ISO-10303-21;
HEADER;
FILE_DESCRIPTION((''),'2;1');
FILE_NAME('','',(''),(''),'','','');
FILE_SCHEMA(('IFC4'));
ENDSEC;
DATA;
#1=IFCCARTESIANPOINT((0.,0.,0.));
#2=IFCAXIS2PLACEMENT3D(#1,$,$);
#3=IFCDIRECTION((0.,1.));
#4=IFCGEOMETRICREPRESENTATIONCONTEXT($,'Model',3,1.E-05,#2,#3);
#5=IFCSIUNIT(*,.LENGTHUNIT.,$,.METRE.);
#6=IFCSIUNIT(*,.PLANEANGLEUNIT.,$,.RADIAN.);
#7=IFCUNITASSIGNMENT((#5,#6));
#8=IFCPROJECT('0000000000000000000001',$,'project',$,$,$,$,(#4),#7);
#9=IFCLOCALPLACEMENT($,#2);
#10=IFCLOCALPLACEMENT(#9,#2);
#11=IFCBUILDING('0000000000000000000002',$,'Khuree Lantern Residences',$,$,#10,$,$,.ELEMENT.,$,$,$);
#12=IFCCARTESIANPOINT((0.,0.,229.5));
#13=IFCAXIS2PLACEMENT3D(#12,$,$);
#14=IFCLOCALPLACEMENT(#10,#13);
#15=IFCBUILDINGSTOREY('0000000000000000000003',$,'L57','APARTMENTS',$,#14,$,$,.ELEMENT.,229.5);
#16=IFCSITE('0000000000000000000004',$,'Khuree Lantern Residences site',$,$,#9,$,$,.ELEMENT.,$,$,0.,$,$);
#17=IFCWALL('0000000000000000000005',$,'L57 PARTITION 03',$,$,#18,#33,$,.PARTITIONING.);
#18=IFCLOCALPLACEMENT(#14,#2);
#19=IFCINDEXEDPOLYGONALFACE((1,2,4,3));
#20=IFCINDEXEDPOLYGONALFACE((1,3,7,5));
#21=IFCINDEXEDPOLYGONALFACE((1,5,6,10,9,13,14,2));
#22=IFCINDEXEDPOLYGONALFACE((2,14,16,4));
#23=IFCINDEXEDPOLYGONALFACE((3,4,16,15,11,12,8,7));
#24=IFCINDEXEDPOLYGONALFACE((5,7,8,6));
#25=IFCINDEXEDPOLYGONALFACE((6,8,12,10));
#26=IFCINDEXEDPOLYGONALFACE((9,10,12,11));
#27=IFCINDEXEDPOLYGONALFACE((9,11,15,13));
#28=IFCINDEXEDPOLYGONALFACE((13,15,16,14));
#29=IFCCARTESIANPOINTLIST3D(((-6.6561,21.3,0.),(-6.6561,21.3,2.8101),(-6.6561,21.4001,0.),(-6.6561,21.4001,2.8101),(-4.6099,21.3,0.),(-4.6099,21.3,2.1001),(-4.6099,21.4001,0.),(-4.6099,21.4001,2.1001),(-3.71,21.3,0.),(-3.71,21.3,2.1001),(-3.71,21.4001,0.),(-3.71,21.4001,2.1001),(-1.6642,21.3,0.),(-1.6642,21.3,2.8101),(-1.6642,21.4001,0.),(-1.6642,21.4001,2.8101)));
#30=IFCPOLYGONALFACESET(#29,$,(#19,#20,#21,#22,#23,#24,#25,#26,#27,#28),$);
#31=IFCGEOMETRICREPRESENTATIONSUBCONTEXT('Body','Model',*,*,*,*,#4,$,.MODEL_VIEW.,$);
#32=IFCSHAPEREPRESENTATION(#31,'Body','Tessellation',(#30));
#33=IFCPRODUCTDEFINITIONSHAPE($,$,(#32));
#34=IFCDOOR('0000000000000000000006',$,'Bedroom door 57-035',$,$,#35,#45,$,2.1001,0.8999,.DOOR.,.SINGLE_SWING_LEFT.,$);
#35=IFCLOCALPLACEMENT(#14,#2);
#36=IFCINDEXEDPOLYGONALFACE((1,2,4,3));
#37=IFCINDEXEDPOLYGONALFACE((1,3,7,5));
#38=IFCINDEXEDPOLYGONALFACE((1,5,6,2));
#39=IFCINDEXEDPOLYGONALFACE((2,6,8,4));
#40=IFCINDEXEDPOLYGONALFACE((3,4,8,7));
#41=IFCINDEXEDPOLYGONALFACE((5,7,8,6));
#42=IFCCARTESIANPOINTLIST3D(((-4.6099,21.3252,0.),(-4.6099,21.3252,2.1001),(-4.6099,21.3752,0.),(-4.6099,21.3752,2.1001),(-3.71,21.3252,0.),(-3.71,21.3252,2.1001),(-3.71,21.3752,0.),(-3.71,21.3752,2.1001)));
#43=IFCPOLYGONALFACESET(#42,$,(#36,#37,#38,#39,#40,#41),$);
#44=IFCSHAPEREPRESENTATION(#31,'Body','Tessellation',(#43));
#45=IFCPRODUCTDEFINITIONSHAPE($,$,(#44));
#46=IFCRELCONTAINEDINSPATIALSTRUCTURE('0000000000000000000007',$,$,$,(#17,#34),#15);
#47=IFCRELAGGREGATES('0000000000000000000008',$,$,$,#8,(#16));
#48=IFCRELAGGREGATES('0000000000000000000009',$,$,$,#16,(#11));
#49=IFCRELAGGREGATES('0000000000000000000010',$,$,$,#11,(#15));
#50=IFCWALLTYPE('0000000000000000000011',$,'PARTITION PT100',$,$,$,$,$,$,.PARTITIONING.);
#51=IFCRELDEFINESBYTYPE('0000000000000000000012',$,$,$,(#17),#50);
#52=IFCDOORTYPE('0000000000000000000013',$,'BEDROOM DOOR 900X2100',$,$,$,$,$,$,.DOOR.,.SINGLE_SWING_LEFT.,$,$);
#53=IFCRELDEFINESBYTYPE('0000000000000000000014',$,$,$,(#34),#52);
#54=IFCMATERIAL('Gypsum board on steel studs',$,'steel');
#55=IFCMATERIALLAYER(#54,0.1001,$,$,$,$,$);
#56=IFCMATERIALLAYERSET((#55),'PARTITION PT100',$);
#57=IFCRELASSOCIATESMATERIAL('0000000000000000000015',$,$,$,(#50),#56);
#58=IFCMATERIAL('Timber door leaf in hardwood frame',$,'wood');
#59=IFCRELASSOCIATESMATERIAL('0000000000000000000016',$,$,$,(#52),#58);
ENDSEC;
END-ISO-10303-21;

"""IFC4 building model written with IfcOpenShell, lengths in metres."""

from ifc_helpers import new_model, si_unit, direction, frame, frame_2d, origin, place, context, subcontext, project, spatial, rectangle, extrude, material, layer, layer_set, type_object, element, fill, save


model = new_model("IFC4")

# Units and contexts
model_context = context("Model", 3, precision=1e-05, world=origin(), true_north=direction((0.0, 1.0)))
body_context = subcontext(model_context, "Body", "Model", "MODEL_VIEW")
ifc_project = project(units=[si_unit("LENGTHUNIT", "METRE"), si_unit("PLANEANGLEUNIT", "RADIAN")], contexts=[model_context])

# Site, building, storey
site_placement = place(None, origin())
site = spatial("IfcSite", under=ifc_project, at=site_placement, Name="Khuree Lantern Residences site", CompositionType="ELEMENT", RefElevation=0.0)
building_placement = place(site_placement, origin())
building = spatial("IfcBuilding", under=site, at=building_placement, Name="Khuree Lantern Residences", CompositionType="ELEMENT")
storey_placement = place(building_placement, frame((0.0, 0.0, 229.5)))
storey = spatial("IfcBuildingStorey", under=building, at=storey_placement, Name="L57", Description="APARTMENTS", CompositionType="ELEMENT", Elevation=229.5)

# Shared definitions
ifc_material_1 = material(Name="Timber door leaf in hardwood frame", Category="wood")

# Shared definitions
ifc_material_2 = material(Name="Gypsum board on steel studs", Category="steel")
ifc_layer_1 = layer(ifc_material_2, 0.1001)
ifc_layer_set_1 = layer_set([ifc_layer_1], Name="PARTITION PT100")
wall_type_1 = type_object("IfcWallType", Name="PARTITION PT100", PredefinedType="PARTITIONING", material=ifc_layer_set_1)

# Wall, opening, door
wall_1_placement = place(storey_placement, frame((-1.6641, 21.3501, 0.0), z_axis=(0.0, 0.0, 1.0), x_axis=(-1.0, 0.0, 0.0)))
wall_1 = element("IfcWall", 1, at=wall_1_placement, inside=storey, type_object=wall_type_1, Name="L57 PARTITION 03", PredefinedType="PARTITIONING", context=body_context, shape_type="SweptSolid", body=[
    extrude(rectangle(XDim=4.9919, YDim=0.1001, at=frame_2d((2.4961, 0.0))), origin(), (0.0, 0.0, 1.0), 2.8101),
])
opening_1_placement = place(wall_1_placement, frame((2.0459, 0.0, 0.0)))
opening_1 = element("IfcOpeningElement", 2, at=opening_1_placement, cuts=wall_1, PredefinedType="OPENING", context=body_context, shape_type="SweptSolid", body=[
    extrude(rectangle(XDim=0.8999, YDim=2.1001, at=frame_2d((0.45, 1.05))), frame((0.0, 0.0601, 0.0), z_axis=(0.0, -1.0, 0.0), x_axis=(1.0, 0.0, 0.0)), (0.0, 0.0, 1.0), 0.1201),
])
door_type_1 = type_object("IfcDoorType", Name="BEDROOM DOOR 900X2100", OperationType="SINGLE_SWING_LEFT", PredefinedType="DOOR", material=ifc_material_1)
door_1_placement = place(opening_1_placement, origin())
door_1 = element("IfcDoor", 3, at=door_1_placement, inside=storey, type_object=door_type_1, Name="Bedroom door 57-035", OperationType="SINGLE_SWING_LEFT", OverallHeight=2.1001, OverallWidth=0.8999, PredefinedType="DOOR", context=body_context, shape_type="SweptSolid", body=[
    extrude(rectangle(XDim=0.8999, YDim=2.1001, at=frame_2d((0.45, 1.05))), frame((0.0, 0.0249, 0.0), z_axis=(0.0, -1.0, 0.0), x_axis=(1.0, 0.0, 0.0)), (0.0, 0.0, 1.0), 0.05),
])
fill(opening_1, door_1)

save(model, "model.ifc")
